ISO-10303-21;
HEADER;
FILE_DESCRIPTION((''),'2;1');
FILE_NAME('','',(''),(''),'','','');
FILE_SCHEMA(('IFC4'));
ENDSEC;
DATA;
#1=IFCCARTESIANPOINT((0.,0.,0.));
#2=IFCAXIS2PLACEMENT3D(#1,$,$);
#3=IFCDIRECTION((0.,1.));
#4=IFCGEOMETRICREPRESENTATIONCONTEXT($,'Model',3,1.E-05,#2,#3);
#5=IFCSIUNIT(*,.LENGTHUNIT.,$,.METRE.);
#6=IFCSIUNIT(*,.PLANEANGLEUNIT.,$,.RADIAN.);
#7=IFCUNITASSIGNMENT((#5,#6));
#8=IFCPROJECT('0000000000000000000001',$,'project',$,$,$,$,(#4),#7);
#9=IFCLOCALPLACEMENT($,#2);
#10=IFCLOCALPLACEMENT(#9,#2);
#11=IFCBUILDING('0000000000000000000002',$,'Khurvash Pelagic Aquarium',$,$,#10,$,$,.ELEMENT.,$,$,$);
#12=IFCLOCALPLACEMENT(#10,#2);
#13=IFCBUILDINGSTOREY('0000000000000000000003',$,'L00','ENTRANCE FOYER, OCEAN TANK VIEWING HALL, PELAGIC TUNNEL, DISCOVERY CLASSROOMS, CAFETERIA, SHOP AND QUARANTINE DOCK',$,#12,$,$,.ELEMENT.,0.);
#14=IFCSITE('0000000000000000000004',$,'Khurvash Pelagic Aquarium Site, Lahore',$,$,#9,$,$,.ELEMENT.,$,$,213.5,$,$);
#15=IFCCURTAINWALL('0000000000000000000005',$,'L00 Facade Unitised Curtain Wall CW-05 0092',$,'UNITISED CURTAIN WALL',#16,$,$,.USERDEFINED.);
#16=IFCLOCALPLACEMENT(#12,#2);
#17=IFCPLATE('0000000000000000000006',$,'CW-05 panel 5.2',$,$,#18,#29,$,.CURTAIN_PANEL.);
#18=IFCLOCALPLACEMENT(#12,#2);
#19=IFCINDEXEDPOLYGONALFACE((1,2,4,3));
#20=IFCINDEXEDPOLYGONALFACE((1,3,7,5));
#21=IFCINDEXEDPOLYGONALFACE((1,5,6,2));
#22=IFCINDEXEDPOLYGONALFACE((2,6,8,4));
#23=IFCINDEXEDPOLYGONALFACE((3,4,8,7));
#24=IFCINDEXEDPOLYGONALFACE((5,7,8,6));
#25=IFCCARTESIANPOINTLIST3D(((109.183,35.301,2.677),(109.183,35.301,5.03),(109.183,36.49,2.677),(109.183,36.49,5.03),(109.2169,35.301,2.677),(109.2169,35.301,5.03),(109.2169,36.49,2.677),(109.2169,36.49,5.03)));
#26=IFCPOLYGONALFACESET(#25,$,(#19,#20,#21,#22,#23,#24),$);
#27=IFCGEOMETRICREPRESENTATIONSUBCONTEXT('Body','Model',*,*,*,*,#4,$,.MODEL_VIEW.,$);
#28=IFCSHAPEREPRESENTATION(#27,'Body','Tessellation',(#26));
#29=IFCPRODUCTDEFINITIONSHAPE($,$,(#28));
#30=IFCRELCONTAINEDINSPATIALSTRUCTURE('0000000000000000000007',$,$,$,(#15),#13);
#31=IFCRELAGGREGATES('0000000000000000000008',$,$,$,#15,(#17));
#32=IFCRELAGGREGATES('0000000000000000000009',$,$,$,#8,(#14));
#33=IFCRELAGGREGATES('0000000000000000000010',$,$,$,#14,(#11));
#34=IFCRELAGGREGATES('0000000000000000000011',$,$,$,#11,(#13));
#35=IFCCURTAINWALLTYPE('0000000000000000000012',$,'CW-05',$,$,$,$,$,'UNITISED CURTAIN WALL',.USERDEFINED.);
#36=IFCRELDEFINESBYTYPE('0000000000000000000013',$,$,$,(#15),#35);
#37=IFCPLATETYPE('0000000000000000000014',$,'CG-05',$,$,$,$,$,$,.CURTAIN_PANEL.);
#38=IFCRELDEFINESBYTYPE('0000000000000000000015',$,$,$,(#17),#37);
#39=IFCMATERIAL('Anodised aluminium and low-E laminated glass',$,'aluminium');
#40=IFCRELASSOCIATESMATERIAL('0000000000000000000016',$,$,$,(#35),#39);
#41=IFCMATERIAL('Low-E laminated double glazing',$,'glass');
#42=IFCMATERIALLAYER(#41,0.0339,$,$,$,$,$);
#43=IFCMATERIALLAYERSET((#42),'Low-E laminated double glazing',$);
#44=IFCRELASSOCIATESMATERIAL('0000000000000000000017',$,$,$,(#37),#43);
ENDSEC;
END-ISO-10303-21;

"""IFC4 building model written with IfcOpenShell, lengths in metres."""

from ifc_helpers import new_model, si_unit, direction, frame, origin, origin_2d, place, context, subcontext, project, spatial, rectangle, extrude, material, layer, layer_set, type_object, element, aggregate, save


model = new_model("IFC4")

# Units and contexts
model_context = context("Model", 3, precision=1e-05, world=origin(), true_north=direction((0.0, 1.0)))
body_context = subcontext(model_context, "Body", "Model", "MODEL_VIEW")
ifc_project = project(units=[si_unit("LENGTHUNIT", "METRE"), si_unit("PLANEANGLEUNIT", "RADIAN")], contexts=[model_context])

# Site, building, storey
site_placement = place(None, origin())
site = spatial("IfcSite", under=ifc_project, at=site_placement, Name="Khurvash Pelagic Aquarium Site, Lahore", CompositionType="ELEMENT", RefElevation=213.5)
building_placement = place(site_placement, origin())
building = spatial("IfcBuilding", under=site, at=building_placement, Name="Khurvash Pelagic Aquarium", CompositionType="ELEMENT")
storey_placement = place(building_placement, origin())
storey = spatial("IfcBuildingStorey", under=building, at=storey_placement, Name="L00", Description="ENTRANCE FOYER, OCEAN TANK VIEWING HALL, PELAGIC TUNNEL, DISCOVERY CLASSROOMS, CAFETERIA, SHOP AND QUARANTINE DOCK", CompositionType="ELEMENT", Elevation=0.0)

# Shared definitions
ifc_material_1 = material(Name="Anodised aluminium and low-E laminated glass", Category="aluminium")

# Curtain wall
curtain_wall_type_1 = type_object("IfcCurtainWallType", Name="CW-05", ElementType="UNITISED CURTAIN WALL", PredefinedType="USERDEFINED", material=ifc_material_1)
curtain_wall_1_placement = place(storey_placement, origin())
curtain_wall_1 = element("IfcCurtainWall", 1, at=curtain_wall_1_placement, inside=storey, type_object=curtain_wall_type_1, Name="L00 Facade Unitised Curtain Wall CW-05 0092", ObjectType="UNITISED CURTAIN WALL", PredefinedType="USERDEFINED")

# Plate
ifc_material_2 = material(Name="Low-E laminated double glazing", Category="glass")
ifc_layer_1 = layer(ifc_material_2, 0.0339)
ifc_layer_set_1 = layer_set([ifc_layer_1], Name="Low-E laminated double glazing")
plate_type_1 = type_object("IfcPlateType", Name="CG-05", PredefinedType="CURTAIN_PANEL", material=ifc_layer_set_1)
plate_1_placement = place(storey_placement, frame((109.2, 35.8955, 2.677), z_axis=(0.0, 0.0, 1.0), x_axis=(0.0, 1.0, 0.0)))
plate_1 = element("IfcPlate", 2, at=plate_1_placement, type_object=plate_type_1, Name="CW-05 panel 5.2", PredefinedType="CURTAIN_PANEL", context=body_context, shape_type="SweptSolid", body=[
    extrude(rectangle(XDim=1.189, YDim=0.0339, at=origin_2d()), origin(), (0.0, 0.0, 1.0), 2.353),
])
aggregate(curtain_wall_1, [plate_1])

save(model, "model.ifc")
